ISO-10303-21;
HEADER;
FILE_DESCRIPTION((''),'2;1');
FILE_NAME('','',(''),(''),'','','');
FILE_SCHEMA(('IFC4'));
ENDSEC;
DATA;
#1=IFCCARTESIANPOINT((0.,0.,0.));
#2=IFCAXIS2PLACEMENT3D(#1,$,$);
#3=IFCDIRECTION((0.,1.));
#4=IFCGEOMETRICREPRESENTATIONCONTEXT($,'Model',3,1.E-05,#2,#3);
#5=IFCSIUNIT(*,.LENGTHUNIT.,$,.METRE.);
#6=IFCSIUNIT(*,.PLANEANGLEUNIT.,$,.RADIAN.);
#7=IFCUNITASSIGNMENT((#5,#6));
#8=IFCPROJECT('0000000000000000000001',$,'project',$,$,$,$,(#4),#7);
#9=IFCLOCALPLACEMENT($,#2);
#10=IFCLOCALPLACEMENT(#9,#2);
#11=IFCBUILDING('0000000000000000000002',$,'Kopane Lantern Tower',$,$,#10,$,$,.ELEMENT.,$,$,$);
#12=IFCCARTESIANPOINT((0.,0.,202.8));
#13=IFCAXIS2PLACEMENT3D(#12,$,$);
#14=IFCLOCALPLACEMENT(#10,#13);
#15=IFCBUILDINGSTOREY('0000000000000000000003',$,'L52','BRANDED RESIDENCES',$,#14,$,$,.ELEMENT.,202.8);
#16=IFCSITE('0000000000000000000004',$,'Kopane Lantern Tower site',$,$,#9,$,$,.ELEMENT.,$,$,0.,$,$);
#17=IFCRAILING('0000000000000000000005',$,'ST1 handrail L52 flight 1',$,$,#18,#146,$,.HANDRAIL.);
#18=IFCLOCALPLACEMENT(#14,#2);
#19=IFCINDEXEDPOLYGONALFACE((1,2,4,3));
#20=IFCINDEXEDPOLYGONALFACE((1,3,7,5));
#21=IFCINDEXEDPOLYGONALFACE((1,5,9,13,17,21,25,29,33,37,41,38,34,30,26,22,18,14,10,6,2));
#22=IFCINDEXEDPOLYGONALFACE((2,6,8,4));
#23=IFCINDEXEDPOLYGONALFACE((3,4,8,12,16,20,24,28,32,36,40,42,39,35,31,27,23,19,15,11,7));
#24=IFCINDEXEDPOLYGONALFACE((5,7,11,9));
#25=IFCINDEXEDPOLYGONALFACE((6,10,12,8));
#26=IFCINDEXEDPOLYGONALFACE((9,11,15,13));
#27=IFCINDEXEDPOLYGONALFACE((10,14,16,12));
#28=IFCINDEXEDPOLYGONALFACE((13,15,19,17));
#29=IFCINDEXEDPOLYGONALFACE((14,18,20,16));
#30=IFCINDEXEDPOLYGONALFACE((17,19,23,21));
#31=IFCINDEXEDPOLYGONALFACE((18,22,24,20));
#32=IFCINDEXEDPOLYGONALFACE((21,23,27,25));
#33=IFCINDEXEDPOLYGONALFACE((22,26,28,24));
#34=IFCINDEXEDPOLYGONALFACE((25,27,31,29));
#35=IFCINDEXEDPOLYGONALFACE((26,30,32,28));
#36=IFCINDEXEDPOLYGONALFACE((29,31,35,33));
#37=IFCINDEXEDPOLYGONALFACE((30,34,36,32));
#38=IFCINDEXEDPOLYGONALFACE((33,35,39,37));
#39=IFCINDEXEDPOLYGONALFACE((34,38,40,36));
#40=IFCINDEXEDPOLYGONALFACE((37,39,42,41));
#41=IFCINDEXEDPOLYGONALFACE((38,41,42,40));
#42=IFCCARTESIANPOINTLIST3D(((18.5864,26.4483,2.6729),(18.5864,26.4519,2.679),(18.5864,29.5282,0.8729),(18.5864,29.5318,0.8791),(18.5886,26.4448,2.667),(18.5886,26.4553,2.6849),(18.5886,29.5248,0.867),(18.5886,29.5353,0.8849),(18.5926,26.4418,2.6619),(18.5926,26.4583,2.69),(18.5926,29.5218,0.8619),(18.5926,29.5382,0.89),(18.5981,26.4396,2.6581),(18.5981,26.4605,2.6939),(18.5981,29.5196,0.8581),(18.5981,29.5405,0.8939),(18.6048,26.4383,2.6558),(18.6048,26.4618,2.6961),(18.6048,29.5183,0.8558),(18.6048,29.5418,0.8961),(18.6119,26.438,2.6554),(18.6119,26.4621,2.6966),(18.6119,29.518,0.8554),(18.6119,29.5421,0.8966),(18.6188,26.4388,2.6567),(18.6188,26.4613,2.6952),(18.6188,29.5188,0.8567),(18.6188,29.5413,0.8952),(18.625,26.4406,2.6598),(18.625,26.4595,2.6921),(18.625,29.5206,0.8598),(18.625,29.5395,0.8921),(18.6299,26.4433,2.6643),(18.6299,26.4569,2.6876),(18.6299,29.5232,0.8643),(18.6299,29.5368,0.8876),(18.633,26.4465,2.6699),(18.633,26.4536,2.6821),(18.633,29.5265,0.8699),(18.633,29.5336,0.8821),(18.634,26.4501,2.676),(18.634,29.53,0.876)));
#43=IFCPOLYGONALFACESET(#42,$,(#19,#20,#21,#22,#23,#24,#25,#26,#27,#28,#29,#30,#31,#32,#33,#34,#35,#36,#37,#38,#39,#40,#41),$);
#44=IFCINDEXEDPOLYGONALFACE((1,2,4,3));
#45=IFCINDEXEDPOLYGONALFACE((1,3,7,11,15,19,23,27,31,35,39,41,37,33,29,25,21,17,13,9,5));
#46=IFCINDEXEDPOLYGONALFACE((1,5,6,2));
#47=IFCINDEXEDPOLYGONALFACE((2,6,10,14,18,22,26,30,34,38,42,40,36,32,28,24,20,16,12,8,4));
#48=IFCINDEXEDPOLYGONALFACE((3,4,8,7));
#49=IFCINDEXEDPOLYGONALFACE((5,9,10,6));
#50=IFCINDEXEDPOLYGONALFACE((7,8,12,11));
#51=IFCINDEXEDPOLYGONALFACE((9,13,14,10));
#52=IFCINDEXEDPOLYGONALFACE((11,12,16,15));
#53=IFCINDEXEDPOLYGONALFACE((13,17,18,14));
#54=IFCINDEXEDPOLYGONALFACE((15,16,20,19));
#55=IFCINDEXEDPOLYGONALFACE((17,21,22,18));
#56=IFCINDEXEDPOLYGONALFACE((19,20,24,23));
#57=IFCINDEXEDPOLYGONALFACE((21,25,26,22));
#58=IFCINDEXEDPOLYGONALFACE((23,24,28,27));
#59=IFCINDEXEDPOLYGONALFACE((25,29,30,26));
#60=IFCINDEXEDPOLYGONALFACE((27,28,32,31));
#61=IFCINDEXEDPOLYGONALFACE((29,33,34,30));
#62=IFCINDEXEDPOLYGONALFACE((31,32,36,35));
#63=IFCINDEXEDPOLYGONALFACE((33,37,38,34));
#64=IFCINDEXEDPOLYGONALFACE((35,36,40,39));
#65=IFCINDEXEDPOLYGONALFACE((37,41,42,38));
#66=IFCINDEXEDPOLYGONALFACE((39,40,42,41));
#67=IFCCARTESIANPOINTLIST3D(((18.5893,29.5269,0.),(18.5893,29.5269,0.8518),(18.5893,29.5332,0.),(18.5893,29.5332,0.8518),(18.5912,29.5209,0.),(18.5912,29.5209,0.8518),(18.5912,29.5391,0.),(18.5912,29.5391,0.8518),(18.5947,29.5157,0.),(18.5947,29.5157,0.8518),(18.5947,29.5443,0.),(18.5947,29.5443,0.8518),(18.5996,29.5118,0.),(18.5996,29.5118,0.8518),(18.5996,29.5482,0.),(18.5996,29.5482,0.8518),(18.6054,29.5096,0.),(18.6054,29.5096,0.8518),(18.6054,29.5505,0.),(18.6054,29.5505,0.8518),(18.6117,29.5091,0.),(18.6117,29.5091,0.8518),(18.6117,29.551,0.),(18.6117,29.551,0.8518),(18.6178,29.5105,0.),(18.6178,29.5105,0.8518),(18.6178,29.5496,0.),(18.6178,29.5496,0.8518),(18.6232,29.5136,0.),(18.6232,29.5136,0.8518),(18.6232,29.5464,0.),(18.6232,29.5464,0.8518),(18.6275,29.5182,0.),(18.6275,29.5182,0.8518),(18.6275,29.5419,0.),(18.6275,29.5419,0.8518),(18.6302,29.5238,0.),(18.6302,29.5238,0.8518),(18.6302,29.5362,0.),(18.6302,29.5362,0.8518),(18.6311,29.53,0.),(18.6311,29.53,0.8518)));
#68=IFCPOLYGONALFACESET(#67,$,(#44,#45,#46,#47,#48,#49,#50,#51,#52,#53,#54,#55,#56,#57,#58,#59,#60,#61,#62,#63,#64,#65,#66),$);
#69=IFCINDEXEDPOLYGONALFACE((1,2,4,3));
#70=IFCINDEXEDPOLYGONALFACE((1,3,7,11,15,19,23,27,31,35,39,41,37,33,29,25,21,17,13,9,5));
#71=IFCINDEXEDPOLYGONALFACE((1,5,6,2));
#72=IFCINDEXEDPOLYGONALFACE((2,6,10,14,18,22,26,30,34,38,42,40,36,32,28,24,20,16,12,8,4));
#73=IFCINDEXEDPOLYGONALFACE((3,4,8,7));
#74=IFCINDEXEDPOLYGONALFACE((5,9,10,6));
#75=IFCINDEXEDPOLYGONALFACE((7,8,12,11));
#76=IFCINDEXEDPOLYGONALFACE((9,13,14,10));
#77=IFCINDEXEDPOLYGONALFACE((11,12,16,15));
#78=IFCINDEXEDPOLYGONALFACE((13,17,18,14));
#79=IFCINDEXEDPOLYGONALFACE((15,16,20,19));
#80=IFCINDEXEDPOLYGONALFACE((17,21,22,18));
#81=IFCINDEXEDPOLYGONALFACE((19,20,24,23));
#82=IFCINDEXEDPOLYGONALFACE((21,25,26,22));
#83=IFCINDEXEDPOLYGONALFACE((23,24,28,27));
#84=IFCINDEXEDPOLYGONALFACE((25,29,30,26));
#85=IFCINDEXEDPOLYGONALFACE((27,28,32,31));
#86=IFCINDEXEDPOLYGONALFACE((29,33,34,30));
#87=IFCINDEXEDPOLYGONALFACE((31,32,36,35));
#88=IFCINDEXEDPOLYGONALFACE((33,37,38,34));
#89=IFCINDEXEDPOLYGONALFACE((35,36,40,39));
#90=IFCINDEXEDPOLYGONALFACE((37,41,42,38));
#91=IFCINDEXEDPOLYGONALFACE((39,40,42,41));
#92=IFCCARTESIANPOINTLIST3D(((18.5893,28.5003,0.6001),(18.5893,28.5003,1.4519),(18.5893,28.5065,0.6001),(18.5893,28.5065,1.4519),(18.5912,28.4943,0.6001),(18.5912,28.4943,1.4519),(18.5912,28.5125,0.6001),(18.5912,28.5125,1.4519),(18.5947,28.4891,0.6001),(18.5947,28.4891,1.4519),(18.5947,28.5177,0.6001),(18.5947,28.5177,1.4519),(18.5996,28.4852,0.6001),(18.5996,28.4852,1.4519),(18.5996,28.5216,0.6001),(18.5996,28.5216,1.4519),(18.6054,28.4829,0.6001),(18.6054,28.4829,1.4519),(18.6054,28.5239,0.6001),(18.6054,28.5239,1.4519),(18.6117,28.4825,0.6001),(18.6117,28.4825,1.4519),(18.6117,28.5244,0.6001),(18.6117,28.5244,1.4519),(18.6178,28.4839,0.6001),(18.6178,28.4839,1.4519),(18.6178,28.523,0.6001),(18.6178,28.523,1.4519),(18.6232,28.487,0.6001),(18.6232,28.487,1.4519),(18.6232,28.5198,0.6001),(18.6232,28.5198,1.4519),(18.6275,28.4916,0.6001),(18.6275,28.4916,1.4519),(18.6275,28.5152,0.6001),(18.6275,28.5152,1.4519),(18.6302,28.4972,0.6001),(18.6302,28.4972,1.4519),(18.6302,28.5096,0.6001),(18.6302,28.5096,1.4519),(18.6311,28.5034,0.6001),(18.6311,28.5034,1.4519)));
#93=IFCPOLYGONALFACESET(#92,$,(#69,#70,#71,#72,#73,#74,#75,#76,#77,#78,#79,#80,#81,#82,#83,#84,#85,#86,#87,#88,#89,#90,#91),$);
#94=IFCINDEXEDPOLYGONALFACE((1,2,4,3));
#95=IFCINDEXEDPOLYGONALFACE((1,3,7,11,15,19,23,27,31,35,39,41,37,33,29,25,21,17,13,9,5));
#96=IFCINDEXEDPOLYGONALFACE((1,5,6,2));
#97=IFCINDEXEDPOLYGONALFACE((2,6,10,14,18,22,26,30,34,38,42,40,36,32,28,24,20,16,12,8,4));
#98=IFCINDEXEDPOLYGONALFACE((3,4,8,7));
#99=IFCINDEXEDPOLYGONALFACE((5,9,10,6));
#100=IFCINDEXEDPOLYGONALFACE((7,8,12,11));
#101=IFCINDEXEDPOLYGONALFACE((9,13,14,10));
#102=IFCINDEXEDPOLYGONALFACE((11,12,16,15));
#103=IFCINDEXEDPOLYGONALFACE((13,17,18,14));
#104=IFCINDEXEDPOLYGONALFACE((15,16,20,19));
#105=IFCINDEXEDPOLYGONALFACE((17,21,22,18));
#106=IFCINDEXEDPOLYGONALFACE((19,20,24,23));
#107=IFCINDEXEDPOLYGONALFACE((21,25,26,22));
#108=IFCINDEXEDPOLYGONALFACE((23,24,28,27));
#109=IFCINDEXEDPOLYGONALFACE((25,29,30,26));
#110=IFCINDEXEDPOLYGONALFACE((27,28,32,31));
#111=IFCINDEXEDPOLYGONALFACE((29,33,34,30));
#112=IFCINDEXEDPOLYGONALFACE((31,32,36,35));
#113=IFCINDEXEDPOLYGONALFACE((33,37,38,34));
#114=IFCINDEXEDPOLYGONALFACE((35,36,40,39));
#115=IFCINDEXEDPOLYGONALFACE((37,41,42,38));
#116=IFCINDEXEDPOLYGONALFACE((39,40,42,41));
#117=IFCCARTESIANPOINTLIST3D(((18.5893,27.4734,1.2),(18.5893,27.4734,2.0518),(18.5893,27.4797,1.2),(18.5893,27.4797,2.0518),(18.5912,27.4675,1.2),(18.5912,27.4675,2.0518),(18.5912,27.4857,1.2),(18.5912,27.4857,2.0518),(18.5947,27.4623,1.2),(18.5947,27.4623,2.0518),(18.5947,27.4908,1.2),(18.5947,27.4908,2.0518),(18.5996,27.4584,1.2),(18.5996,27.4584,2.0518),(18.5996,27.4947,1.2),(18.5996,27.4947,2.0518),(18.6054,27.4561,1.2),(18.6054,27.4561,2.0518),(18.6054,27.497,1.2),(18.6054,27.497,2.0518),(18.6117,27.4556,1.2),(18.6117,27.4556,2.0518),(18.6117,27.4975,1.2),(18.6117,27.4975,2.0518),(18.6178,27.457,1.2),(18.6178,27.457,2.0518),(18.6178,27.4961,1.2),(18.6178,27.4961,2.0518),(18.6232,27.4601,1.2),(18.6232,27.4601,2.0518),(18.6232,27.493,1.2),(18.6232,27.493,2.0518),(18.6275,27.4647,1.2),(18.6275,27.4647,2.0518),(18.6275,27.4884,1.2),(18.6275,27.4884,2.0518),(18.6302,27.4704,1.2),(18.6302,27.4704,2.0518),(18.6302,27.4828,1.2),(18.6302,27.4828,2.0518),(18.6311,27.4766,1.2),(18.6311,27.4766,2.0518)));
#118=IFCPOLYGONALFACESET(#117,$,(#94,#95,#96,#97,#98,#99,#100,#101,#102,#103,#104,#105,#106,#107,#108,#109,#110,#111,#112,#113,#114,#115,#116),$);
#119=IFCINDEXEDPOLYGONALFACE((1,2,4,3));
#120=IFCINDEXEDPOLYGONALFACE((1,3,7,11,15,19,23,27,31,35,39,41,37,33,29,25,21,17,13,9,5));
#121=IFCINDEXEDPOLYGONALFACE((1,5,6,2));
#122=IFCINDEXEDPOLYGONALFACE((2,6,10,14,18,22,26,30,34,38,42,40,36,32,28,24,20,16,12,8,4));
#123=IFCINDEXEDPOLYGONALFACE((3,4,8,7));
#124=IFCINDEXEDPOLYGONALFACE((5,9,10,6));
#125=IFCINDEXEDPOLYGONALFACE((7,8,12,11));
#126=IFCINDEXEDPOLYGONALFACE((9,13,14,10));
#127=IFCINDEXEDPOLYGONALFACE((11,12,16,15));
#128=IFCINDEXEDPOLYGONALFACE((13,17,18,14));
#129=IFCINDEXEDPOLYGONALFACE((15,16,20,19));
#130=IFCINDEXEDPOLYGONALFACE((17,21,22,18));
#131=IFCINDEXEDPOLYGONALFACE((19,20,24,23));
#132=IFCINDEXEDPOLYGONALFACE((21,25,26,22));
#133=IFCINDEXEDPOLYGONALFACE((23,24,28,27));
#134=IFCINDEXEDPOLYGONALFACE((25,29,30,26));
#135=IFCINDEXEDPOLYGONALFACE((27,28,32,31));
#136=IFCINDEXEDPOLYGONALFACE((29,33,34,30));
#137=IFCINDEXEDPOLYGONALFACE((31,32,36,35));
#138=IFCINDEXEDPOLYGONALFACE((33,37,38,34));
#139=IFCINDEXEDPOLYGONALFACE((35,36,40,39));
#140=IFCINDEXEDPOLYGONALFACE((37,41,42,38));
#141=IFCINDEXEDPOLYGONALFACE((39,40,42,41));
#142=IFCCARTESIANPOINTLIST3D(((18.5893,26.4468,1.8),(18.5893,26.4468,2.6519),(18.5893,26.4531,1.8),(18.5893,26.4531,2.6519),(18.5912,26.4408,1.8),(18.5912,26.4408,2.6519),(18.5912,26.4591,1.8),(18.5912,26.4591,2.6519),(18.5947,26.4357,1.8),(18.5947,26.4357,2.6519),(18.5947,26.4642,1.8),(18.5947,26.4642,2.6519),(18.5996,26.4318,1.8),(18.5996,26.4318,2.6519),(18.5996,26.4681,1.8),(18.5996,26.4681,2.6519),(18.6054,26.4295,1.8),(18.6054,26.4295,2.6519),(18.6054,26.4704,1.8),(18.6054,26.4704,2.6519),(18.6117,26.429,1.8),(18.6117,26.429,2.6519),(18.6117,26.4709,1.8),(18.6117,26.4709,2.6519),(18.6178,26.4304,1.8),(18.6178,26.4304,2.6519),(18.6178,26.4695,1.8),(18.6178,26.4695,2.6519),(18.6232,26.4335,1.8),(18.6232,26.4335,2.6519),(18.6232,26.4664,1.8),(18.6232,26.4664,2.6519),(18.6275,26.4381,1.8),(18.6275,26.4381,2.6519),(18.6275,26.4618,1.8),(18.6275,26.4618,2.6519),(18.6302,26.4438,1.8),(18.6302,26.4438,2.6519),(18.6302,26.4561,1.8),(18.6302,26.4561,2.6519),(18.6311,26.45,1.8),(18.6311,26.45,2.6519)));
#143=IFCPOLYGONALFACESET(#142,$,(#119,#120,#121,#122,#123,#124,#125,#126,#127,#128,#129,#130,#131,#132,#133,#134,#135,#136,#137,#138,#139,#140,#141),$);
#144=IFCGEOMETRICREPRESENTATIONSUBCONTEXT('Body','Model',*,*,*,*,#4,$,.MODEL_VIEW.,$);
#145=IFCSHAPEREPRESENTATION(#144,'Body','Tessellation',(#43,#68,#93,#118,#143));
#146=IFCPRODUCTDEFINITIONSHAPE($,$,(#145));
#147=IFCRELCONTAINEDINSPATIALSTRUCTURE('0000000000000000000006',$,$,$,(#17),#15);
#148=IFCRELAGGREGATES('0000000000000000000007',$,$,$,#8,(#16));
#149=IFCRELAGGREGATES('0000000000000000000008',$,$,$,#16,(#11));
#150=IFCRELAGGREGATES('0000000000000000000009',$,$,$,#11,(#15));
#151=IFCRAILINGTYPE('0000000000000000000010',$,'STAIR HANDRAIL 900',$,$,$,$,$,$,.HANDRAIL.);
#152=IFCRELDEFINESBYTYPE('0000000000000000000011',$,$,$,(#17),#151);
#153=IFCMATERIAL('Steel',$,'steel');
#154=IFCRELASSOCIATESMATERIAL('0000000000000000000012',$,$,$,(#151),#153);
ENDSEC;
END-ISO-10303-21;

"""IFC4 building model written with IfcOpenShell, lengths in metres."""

from ifc_helpers import new_model, si_unit, direction, frame, origin, origin_2d, place, context, subcontext, project, spatial, circle, extrude, material, type_object, element, save


model = new_model("IFC4")

# Units and contexts
model_context = context("Model", 3, precision=1e-05, world=origin(), true_north=direction((0.0, 1.0)))
body_context = subcontext(model_context, "Body", "Model", "MODEL_VIEW")
ifc_project = project(units=[si_unit("LENGTHUNIT", "METRE"), si_unit("PLANEANGLEUNIT", "RADIAN")], contexts=[model_context])

# Site, building, storey
site_placement = place(None, origin())
site = spatial("IfcSite", under=ifc_project, at=site_placement, Name="Kopane Lantern Tower site", CompositionType="ELEMENT", RefElevation=0.0)
building_placement = place(site_placement, origin())
building = spatial("IfcBuilding", under=site, at=building_placement, Name="Kopane Lantern Tower", CompositionType="ELEMENT")
storey_placement = place(building_placement, frame((0.0, 0.0, 202.8)))
storey = spatial("IfcBuildingStorey", under=building, at=storey_placement, Name="L52", Description="BRANDED RESIDENCES", CompositionType="ELEMENT", Elevation=202.8)

# Railing
ifc_material_1 = material(Name="Steel", Category="steel")
railing_type_1 = type_object("IfcRailingType", Name="STAIR HANDRAIL 900", PredefinedType="HANDRAIL", material=ifc_material_1)
for number, where, name in (
    (1, (18.6101, 29.53, 0.0), "ST1 handrail L52 flight 1"),
):
    element("IfcRailing", number, at=place(storey_placement, frame(where)), inside=storey, type_object=railing_type_1, Name=name, PredefinedType="HANDRAIL", context=body_context, shape_type="SweptSolid", body=[
        extrude(circle(Radius=0.0239, at=origin_2d()), frame((0.0, 0.0, 0.876), z_axis=(0.0, -0.863372, 0.504569), x_axis=(1.0, 0.0, 0.0)), (0.0, 0.0, 1.0), 3.5674),
        extrude(circle(Radius=0.021, at=origin_2d()), origin(), (0.0, 0.0, 1.0), 0.8518),
        extrude(circle(Radius=0.021, at=origin_2d()), frame((0.0, -1.0266, 0.6001)), (0.0, 0.0, 1.0), 0.8518),
        extrude(circle(Radius=0.021, at=origin_2d()), frame((0.0, -2.0535, 1.2)), (0.0, 0.0, 1.0), 0.8518),
        extrude(circle(Radius=0.021, at=origin_2d()), frame((0.0, -3.0801, 1.8)), (0.0, 0.0, 1.0), 0.8518),
    ])

save(model, "model.ifc")
